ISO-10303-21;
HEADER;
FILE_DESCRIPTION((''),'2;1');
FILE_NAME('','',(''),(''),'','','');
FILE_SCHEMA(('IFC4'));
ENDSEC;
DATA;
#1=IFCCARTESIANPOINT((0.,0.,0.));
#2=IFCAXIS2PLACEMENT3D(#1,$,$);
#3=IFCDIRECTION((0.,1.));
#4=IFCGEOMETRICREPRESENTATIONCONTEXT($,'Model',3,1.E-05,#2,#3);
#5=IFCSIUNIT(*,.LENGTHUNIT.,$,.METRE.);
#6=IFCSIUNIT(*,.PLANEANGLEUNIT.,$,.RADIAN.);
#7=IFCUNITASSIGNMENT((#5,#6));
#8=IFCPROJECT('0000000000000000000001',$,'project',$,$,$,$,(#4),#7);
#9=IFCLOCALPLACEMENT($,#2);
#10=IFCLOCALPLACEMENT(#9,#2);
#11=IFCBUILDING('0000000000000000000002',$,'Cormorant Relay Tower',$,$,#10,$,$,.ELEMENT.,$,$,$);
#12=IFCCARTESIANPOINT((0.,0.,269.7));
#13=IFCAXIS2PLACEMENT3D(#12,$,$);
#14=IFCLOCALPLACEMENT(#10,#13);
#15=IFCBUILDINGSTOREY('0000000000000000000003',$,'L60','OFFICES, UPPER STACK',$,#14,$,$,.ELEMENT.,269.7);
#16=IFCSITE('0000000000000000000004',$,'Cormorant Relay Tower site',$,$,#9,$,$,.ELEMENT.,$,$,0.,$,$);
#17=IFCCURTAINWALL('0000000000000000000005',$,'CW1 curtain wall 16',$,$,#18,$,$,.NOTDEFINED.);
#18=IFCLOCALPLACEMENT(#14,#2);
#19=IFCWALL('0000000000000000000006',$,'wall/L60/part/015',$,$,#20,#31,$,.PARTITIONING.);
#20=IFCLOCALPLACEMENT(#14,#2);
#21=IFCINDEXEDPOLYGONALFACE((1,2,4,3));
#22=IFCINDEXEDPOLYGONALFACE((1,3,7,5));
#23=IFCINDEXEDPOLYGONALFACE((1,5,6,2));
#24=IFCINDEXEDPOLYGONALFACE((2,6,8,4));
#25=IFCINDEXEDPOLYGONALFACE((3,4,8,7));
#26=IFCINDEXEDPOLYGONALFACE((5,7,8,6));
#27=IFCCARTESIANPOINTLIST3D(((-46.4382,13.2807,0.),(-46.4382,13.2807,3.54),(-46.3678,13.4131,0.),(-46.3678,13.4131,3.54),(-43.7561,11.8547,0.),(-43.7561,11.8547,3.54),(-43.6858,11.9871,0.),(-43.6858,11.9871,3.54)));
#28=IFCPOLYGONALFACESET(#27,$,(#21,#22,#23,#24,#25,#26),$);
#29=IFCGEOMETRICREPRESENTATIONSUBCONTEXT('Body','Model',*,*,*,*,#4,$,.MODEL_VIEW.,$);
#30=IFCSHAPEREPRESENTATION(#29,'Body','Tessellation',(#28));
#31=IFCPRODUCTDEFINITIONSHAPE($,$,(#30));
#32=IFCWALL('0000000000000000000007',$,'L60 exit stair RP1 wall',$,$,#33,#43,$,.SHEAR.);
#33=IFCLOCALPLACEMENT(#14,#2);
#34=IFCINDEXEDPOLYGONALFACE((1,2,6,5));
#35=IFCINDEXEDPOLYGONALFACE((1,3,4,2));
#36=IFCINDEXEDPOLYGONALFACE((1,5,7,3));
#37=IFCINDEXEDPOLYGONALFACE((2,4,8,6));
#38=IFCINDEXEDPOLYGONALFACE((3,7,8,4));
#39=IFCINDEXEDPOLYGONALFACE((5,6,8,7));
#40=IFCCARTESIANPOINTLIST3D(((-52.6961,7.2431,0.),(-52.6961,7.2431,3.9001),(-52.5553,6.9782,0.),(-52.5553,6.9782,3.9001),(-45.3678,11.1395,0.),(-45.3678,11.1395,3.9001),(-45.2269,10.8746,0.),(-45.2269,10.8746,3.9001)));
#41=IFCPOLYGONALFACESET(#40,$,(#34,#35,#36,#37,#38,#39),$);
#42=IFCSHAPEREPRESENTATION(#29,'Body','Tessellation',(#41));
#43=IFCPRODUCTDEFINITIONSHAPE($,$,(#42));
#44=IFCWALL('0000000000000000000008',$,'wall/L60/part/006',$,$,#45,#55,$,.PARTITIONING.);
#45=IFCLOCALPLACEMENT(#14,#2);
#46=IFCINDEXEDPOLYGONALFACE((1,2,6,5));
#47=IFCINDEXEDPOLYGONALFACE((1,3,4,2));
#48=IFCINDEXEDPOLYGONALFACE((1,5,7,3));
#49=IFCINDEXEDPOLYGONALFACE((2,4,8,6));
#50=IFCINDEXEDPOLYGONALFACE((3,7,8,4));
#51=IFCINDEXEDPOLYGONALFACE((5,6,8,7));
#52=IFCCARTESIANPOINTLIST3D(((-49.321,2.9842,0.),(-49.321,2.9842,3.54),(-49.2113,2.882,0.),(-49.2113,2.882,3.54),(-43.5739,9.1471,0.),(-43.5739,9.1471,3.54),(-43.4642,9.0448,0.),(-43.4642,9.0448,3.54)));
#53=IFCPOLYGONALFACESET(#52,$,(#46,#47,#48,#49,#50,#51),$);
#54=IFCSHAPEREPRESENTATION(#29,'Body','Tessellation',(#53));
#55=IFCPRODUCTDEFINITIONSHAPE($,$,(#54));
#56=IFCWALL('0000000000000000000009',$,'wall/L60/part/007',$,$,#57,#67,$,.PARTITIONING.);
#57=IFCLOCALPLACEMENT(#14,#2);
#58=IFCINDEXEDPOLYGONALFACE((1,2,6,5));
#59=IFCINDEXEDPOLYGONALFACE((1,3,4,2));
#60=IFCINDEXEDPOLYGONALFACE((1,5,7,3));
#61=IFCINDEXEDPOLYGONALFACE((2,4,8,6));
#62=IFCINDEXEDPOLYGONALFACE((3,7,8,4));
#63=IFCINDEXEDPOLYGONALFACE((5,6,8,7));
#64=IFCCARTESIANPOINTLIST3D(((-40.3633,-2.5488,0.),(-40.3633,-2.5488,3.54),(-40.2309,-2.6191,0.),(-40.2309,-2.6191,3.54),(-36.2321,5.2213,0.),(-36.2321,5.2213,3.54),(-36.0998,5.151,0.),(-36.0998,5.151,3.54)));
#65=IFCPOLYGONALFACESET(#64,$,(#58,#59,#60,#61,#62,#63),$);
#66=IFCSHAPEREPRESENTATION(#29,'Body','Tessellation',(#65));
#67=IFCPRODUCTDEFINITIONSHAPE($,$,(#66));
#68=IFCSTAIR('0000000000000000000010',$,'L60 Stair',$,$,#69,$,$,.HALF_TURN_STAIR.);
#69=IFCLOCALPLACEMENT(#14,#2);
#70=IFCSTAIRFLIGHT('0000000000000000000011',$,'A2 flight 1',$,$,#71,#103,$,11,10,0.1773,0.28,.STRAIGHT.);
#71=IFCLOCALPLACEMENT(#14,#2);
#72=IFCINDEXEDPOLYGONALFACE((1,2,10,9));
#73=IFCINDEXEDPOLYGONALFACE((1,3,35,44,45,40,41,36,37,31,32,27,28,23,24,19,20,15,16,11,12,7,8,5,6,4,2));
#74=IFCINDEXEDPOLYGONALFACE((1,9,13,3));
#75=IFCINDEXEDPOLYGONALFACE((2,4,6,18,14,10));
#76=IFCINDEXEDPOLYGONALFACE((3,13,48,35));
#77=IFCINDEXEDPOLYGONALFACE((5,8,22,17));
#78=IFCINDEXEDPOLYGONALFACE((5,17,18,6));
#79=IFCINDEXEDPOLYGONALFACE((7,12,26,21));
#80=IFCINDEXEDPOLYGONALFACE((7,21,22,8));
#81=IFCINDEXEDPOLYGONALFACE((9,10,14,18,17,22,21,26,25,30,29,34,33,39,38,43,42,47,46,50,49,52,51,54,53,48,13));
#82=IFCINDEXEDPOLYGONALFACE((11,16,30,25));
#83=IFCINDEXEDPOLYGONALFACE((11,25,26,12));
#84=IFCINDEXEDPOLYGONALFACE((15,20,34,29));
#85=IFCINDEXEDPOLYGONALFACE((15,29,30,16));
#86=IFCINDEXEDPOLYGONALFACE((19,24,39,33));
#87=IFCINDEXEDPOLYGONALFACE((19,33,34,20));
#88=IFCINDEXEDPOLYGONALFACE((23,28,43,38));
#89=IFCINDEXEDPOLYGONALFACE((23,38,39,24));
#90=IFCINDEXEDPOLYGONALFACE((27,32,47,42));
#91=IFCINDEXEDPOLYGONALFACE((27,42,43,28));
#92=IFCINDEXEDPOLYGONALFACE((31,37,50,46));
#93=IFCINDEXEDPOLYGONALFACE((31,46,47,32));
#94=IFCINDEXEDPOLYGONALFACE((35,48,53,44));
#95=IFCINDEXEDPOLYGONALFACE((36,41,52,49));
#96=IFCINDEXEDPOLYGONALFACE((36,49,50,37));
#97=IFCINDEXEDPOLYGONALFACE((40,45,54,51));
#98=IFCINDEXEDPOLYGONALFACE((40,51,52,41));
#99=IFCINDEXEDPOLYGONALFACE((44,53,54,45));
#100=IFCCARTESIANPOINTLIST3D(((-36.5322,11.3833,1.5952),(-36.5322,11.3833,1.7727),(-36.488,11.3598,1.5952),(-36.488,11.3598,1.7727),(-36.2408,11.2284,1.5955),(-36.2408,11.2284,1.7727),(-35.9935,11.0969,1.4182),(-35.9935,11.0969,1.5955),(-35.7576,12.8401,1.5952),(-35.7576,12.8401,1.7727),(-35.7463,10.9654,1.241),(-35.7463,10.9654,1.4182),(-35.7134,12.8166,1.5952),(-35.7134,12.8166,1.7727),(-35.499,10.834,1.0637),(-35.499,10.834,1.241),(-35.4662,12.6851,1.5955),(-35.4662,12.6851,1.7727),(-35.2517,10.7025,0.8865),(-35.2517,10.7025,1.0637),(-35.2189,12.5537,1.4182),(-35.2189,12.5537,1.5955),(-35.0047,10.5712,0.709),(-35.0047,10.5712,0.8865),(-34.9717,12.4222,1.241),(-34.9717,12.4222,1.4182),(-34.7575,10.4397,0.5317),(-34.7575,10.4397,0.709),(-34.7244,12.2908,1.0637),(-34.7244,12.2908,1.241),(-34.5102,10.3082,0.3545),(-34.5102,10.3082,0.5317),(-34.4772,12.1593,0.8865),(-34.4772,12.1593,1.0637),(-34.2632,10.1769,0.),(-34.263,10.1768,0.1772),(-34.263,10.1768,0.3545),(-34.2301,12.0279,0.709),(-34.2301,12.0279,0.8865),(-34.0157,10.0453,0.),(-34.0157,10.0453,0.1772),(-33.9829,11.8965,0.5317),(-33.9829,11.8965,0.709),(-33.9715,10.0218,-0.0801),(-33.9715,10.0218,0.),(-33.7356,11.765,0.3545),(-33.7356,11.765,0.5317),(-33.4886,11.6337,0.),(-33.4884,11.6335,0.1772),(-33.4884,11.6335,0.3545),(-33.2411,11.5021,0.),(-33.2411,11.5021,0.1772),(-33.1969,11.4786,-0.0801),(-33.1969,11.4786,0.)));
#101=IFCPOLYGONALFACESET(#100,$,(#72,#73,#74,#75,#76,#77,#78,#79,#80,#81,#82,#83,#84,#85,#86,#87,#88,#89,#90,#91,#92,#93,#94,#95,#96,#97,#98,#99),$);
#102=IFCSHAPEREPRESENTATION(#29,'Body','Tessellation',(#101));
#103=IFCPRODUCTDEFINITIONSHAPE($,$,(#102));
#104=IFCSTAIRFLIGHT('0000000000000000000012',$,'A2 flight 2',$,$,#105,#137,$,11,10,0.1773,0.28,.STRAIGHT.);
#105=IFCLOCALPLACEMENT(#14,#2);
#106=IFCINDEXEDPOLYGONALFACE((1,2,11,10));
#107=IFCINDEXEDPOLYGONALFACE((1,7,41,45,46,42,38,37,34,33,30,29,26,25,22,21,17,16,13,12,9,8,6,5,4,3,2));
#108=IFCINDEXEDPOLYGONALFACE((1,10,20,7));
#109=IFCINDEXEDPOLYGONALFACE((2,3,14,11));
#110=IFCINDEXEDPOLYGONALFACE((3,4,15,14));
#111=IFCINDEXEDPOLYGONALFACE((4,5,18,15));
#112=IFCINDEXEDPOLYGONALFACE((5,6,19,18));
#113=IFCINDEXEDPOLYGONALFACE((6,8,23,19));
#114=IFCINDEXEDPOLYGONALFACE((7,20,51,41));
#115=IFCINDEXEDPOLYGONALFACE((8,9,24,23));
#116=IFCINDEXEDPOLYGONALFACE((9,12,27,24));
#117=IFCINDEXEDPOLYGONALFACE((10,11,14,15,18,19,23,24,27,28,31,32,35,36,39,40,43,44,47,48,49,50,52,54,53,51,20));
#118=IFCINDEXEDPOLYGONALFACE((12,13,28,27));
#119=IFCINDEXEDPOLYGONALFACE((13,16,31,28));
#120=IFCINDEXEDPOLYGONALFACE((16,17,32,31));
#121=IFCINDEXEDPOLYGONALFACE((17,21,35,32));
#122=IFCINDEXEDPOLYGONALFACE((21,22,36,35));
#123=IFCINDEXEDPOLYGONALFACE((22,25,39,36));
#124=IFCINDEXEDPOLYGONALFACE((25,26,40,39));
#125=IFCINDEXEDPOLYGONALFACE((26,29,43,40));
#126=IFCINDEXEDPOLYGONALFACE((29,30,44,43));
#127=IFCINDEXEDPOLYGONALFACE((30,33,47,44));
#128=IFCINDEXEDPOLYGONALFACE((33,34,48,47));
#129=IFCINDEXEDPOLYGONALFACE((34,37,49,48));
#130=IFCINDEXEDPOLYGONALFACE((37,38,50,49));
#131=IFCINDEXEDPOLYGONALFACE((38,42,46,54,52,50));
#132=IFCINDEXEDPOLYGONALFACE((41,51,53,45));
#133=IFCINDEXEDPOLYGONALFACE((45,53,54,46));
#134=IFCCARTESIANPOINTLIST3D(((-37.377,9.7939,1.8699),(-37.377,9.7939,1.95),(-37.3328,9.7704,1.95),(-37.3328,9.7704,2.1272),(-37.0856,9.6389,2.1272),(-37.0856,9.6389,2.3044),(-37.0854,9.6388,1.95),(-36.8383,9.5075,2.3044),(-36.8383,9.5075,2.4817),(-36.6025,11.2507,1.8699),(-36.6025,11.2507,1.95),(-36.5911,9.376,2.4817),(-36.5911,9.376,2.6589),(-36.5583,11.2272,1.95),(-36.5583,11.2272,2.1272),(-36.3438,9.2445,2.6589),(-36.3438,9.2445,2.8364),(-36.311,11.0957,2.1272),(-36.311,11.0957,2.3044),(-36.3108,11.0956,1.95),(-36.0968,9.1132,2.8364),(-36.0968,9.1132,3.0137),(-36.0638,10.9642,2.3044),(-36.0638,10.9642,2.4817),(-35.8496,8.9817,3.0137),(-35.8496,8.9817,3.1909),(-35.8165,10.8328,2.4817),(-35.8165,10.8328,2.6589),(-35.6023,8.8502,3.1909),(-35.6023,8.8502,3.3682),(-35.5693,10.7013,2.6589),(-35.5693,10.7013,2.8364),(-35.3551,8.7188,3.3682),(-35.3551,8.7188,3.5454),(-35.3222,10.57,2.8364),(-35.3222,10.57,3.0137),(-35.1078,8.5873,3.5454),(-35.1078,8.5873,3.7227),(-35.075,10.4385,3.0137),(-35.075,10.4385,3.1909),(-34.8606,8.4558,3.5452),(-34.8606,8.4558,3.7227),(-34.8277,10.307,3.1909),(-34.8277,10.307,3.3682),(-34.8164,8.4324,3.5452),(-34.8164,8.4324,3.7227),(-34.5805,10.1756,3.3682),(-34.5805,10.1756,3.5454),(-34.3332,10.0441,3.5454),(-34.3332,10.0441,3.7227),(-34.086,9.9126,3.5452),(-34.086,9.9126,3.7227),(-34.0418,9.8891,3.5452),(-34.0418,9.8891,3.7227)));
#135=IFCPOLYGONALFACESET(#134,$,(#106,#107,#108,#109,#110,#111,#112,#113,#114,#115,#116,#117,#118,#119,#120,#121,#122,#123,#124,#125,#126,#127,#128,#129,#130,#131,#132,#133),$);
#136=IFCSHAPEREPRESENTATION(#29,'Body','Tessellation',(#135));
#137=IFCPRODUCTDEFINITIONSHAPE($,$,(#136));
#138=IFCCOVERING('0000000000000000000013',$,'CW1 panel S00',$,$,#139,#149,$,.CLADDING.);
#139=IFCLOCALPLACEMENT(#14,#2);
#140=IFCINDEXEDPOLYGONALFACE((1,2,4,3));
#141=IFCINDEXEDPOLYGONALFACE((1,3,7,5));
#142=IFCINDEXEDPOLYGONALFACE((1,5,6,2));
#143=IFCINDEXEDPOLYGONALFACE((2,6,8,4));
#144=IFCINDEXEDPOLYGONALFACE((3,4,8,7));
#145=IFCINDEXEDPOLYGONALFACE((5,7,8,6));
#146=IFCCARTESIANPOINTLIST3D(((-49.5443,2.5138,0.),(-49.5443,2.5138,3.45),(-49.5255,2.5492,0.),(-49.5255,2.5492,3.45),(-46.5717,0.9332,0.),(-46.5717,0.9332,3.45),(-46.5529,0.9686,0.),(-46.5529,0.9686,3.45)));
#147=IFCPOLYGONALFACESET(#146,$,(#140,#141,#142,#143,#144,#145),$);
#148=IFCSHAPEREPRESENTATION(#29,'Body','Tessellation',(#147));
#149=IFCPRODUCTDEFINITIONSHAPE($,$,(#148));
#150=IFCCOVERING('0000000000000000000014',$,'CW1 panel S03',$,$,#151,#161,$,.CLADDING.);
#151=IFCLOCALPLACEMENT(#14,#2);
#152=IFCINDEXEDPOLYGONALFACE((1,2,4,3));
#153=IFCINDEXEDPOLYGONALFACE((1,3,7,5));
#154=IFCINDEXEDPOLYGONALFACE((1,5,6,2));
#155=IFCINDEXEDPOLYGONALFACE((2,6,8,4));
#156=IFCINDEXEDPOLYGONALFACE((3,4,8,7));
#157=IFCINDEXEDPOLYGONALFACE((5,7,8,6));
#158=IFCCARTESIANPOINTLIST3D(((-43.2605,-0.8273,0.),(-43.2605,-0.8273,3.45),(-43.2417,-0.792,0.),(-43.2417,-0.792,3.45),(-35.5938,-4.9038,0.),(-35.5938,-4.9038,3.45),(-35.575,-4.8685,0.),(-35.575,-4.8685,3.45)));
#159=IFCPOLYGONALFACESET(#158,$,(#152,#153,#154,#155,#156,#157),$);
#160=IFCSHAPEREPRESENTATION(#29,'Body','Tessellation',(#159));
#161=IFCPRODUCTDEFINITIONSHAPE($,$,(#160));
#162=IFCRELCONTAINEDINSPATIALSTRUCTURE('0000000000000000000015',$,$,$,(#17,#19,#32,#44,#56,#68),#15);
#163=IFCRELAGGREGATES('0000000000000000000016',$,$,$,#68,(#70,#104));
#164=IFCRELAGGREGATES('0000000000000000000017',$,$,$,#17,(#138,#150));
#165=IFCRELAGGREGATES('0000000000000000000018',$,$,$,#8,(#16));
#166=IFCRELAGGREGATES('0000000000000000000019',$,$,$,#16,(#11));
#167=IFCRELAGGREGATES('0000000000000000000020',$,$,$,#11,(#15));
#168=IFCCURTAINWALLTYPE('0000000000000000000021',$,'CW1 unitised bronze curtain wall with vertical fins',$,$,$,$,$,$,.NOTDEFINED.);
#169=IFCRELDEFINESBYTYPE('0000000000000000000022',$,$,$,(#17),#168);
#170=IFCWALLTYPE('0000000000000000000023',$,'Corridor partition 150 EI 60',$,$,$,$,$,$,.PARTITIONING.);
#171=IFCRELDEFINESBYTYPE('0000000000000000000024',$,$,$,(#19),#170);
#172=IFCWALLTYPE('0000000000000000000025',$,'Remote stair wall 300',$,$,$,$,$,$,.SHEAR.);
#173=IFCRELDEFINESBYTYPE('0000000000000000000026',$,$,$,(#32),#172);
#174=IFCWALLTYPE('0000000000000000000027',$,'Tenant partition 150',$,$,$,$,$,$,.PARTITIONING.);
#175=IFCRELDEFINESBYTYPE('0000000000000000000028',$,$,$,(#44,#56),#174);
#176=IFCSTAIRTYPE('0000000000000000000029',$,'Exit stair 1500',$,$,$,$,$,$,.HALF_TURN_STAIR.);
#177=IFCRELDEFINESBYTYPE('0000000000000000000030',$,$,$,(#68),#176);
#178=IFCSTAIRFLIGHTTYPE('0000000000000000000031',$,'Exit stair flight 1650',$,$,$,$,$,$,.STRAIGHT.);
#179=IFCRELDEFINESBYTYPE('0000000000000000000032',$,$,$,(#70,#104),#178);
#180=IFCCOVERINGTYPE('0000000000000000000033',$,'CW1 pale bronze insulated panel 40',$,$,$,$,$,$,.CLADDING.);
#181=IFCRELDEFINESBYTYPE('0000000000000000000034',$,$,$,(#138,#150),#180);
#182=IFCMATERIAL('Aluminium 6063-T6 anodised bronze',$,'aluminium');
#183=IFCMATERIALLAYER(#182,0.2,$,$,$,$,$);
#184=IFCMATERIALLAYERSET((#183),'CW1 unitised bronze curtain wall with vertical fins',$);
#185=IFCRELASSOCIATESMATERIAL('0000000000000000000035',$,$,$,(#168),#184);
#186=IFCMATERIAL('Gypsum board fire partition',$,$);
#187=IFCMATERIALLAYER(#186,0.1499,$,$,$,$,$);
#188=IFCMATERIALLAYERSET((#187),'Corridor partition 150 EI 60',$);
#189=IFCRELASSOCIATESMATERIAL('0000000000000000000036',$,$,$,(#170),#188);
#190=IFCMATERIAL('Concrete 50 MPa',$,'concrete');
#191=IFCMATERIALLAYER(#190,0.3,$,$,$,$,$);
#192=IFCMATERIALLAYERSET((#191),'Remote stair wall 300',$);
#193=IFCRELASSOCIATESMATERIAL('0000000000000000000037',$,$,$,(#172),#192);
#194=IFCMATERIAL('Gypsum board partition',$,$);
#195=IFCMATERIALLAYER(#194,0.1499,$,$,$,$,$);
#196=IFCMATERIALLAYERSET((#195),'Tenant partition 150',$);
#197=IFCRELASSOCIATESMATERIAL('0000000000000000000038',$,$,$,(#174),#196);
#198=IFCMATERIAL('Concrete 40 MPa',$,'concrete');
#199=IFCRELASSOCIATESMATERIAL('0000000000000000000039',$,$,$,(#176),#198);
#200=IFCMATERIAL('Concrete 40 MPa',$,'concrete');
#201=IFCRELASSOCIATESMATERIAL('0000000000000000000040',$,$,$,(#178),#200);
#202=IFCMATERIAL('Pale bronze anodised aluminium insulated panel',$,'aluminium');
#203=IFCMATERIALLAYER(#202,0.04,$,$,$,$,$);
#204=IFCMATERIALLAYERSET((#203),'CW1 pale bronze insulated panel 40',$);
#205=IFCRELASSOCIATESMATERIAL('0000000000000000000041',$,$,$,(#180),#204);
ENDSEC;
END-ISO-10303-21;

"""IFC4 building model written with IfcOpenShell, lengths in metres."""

from ifc_helpers import new_model, si_unit, direction, frame, frame_2d, origin, origin_2d, place, context, subcontext, project, spatial, polyline, rectangle, outline, extrude, material, layer, layer_set, type_object, element, aggregate, save


model = new_model("IFC4")

# Units and contexts
model_context = context("Model", 3, precision=1e-05, world=origin(), true_north=direction((0.0, 1.0)))
body_context = subcontext(model_context, "Body", "Model", "MODEL_VIEW")
ifc_project = project(units=[si_unit("LENGTHUNIT", "METRE"), si_unit("PLANEANGLEUNIT", "RADIAN")], contexts=[model_context])

# Site, building, storey
site_placement = place(None, origin())
site = spatial("IfcSite", under=ifc_project, at=site_placement, Name="Cormorant Relay Tower site", CompositionType="ELEMENT", RefElevation=0.0)
building_placement = place(site_placement, origin())
building = spatial("IfcBuilding", under=site, at=building_placement, Name="Cormorant Relay Tower", CompositionType="ELEMENT")
storey_placement = place(building_placement, frame((0.0, 0.0, 269.7)))
storey = spatial("IfcBuildingStorey", under=building, at=storey_placement, Name="L60", Description="OFFICES, UPPER STACK", CompositionType="ELEMENT", Elevation=269.7)

# Curtain wall
ifc_material_1 = material(Name="Aluminium 6063-T6 anodised bronze", Category="aluminium")
ifc_layer_1 = layer(ifc_material_1, 0.2)
ifc_layer_set_1 = layer_set([ifc_layer_1], Name="CW1 unitised bronze curtain wall with vertical fins")
curtain_wall_type = type_object("IfcCurtainWallType", Name="CW1 unitised bronze curtain wall with vertical fins", PredefinedType="NOTDEFINED", material=ifc_layer_set_1)
curtain_wall_placement = place(storey_placement, origin())
curtain_wall = element("IfcCurtainWall", 1, at=curtain_wall_placement, inside=storey, type_object=curtain_wall_type, Name="CW1 curtain wall 16", PredefinedType="NOTDEFINED")

# Walls
ifc_material_2 = material(Name="Gypsum board fire partition")
ifc_layer_2 = layer(ifc_material_2, 0.1499)
ifc_layer_set_2 = layer_set([ifc_layer_2], Name="Corridor partition 150 EI 60")
wall_type_1 = type_object("IfcWallType", Name="Corridor partition 150 EI 60", PredefinedType="PARTITIONING", material=ifc_layer_set_2)
wall_1_placement = place(storey_placement, frame((-43.7209, 11.9209, 0.0), z_axis=(0.0, 0.0, 1.0), x_axis=(-0.88296, 0.469449, 0.0)))
element("IfcWall", 2, at=wall_1_placement, inside=storey, type_object=wall_type_1, Name="wall/L60/part/015", PredefinedType="PARTITIONING", context=body_context, shape_type="SweptSolid", body=[
    extrude(rectangle(XDim=3.0376, YDim=0.1499, at=frame_2d((1.5188, 0.0))), origin(), (0.0, 0.0, 1.0), 3.54),
])
ifc_material_3 = material(Name="Concrete 50 MPa", Category="concrete")
ifc_layer_3 = layer(ifc_material_3, 0.3)
ifc_layer_set_3 = layer_set([ifc_layer_3], Name="Remote stair wall 300")
wall_type_2 = type_object("IfcWallType", Name="Remote stair wall 300", PredefinedType="SHEAR", material=ifc_layer_set_3)
wall_2_placement = place(storey_placement, frame((-45.2974, 11.0071, 0.0), z_axis=(0.0, 0.0, 1.0), x_axis=(-0.882952, -0.469464, 0.0)))
element("IfcWall", 3, at=wall_2_placement, inside=storey, type_object=wall_type_2, Name="L60 exit stair RP1 wall", PredefinedType="SHEAR", context=body_context, shape_type="SweptSolid", body=[
    extrude(rectangle(XDim=8.2998, YDim=0.3, at=frame_2d((4.1499, 0.0))), origin(), (0.0, 0.0, 1.0), 3.9001),
])
ifc_material_4 = material(Name="Gypsum board partition")
ifc_layer_4 = layer(ifc_material_4, 0.1499)
ifc_layer_set_4 = layer_set([ifc_layer_4], Name="Tenant partition 150")
wall_type_3 = type_object("IfcWallType", Name="Tenant partition 150", PredefinedType="PARTITIONING", material=ifc_layer_set_4)
wall_3_placement = place(storey_placement, frame((-43.519, 9.0959, 0.0), z_axis=(0.0, 0.0, 1.0), x_axis=(-0.682006, -0.731346, 0.0)))
element("IfcWall", 4, at=wall_3_placement, inside=storey, type_object=wall_type_3, Name="wall/L60/part/006", PredefinedType="PARTITIONING", context=body_context, shape_type="SweptSolid", body=[
    extrude(rectangle(XDim=8.4268, YDim=0.1499, at=frame_2d((4.2134, 0.0))), origin(), (0.0, 0.0, 1.0), 3.54),
])
wall_4_placement = place(storey_placement, frame((-36.166, 5.186, 0.0), z_axis=(0.0, 0.0, 1.0), x_axis=(-0.469446, -0.882961, 0.0)))
element("IfcWall", 5, at=wall_4_placement, inside=storey, type_object=wall_type_3, Name="wall/L60/part/007", PredefinedType="PARTITIONING", context=body_context, shape_type="SweptSolid", body=[
    extrude(rectangle(XDim=8.8, YDim=0.1499, at=frame_2d((4.3999, 0.0))), origin(), (0.0, 0.0, 1.0), 3.54),
])

# Stair, stair flights
ifc_material_5 = material(Name="Concrete 40 MPa", Category="concrete")
stair_type = type_object("IfcStairType", Name="Exit stair 1500", PredefinedType="HALF_TURN_STAIR", material=ifc_material_5)
stair_placement = place(storey_placement, origin())
stair = element("IfcStair", 6, at=stair_placement, inside=storey, type_object=stair_type, Name="L60 Stair", PredefinedType="HALF_TURN_STAIR")
ifc_material_6 = material(Name="Concrete 40 MPa", Category="concrete")
stair_flight_type = type_object("IfcStairFlightType", Name="Exit stair flight 1650", PredefinedType="STRAIGHT", material=ifc_material_6)
stair_flight_1_placement = place(storey_placement, frame((-33.6284, 10.7737, 0.0), z_axis=(0.0, 0.0, 1.0), x_axis=(-0.882948, 0.469472, 0.0)))
stair_flight_1 = element("IfcStairFlight", 7, at=stair_flight_1_placement, type_object=stair_flight_type, Name="A2 flight 1", NumberOfRisers=11, NumberOfTreads=10, PredefinedType="STRAIGHT", RiserHeight=0.1773, TreadLength=0.28, context=body_context, shape_type="SweptSolid", body=[
    extrude(outline(polyline([(-0.05, -0.0801), (-0.05, 0.0), (0.0, 0.0), (0.0, 0.1772), (0.28, 0.1772), (0.28, 0.3545), (0.5601, 0.3545), (0.5601, 0.5317), (0.8401, 0.5317), (0.8401, 0.709), (1.1201, 0.709), (1.1201, 0.8865), (1.3999, 0.8865), (1.3999, 1.0637), (1.6799, 1.0637), (1.6799, 1.241), (1.96, 1.241), (1.96, 1.4182), (2.24, 1.4182), (2.24, 1.5955), (2.52, 1.5955), (2.52, 1.7727), (2.8, 1.7727), (2.8501, 1.7727), (2.8501, 1.5952), (2.8, 1.5952), (0.2803, 0.0), (-0.05, -0.0801)])), frame((0.0, 0.825, 0.0), z_axis=(0.0, -1.0, 0.0), x_axis=(1.0, 0.0, 0.0)), (0.0, 0.0, 1.0), 1.6499),
])
stair_flight_2_placement = place(storey_placement, frame((-36.9456, 10.4988, 1.95), z_axis=(0.0, 0.0, 1.0), x_axis=(0.882948, -0.469472, 0.0)))
stair_flight_2 = element("IfcStairFlight", 8, at=stair_flight_2_placement, type_object=stair_flight_type, Name="A2 flight 2", NumberOfRisers=11, NumberOfTreads=10, PredefinedType="STRAIGHT", RiserHeight=0.1773, TreadLength=0.28, context=body_context, shape_type="SweptSolid", body=[
    extrude(outline(polyline([(-0.05, -0.0801), (-0.05, 0.0), (0.0, 0.0), (0.0, 0.1772), (0.28, 0.1772), (0.28, 0.3545), (0.5601, 0.3545), (0.5601, 0.5317), (0.8401, 0.5317), (0.8401, 0.709), (1.1201, 0.709), (1.1201, 0.8865), (1.3999, 0.8865), (1.3999, 1.0637), (1.6799, 1.0637), (1.6799, 1.241), (1.96, 1.241), (1.96, 1.4182), (2.24, 1.4182), (2.24, 1.5955), (2.52, 1.5955), (2.52, 1.7727), (2.8, 1.7727), (2.8501, 1.7727), (2.8501, 1.5952), (2.8, 1.5952), (0.2803, 0.0), (-0.05, -0.0801)])), frame((0.0, 0.825, 0.0), z_axis=(0.0, -1.0, 0.0), x_axis=(1.0, 0.0, 0.0)), (0.0, 0.0, 1.0), 1.6499),
])
aggregate(stair, [stair_flight_1, stair_flight_2])

# Coverings
ifc_material_7 = material(Name="Pale bronze anodised aluminium insulated panel", Category="aluminium")
ifc_layer_5 = layer(ifc_material_7, 0.04)
ifc_layer_set_5 = layer_set([ifc_layer_5], Name="CW1 pale bronze insulated panel 40")
covering_type = type_object("IfcCoveringType", Name="CW1 pale bronze insulated panel 40", PredefinedType="CLADDING", material=ifc_layer_set_5)
covering_1_placement = place(storey_placement, frame((-48.0486, 1.7412, 0.0), z_axis=(0.0, 0.0, 1.0), x_axis=(0.882948, -0.469472, 0.0)))
covering_1 = element("IfcCovering", 9, at=covering_1_placement, type_object=covering_type, Name="CW1 panel S00", PredefinedType="CLADDING", context=body_context, shape_type="SweptSolid", body=[
    extrude(rectangle(XDim=3.3667, YDim=0.04, at=origin_2d()), origin(), (0.0, 0.0, 1.0), 3.45),
])
covering_2_placement = place(storey_placement, frame((-39.4177, -2.8479, 0.0), z_axis=(0.0, 0.0, 1.0), x_axis=(0.882948, -0.469472, 0.0)))
covering_2 = element("IfcCovering", 10, at=covering_2_placement, type_object=covering_type, Name="CW1 panel S03", PredefinedType="CLADDING", context=body_context, shape_type="SweptSolid", body=[
    extrude(rectangle(XDim=8.6831, YDim=0.04, at=origin_2d()), origin(), (0.0, 0.0, 1.0), 3.45),
])
aggregate(curtain_wall, [covering_1, covering_2])

save(model, "model.ifc")
